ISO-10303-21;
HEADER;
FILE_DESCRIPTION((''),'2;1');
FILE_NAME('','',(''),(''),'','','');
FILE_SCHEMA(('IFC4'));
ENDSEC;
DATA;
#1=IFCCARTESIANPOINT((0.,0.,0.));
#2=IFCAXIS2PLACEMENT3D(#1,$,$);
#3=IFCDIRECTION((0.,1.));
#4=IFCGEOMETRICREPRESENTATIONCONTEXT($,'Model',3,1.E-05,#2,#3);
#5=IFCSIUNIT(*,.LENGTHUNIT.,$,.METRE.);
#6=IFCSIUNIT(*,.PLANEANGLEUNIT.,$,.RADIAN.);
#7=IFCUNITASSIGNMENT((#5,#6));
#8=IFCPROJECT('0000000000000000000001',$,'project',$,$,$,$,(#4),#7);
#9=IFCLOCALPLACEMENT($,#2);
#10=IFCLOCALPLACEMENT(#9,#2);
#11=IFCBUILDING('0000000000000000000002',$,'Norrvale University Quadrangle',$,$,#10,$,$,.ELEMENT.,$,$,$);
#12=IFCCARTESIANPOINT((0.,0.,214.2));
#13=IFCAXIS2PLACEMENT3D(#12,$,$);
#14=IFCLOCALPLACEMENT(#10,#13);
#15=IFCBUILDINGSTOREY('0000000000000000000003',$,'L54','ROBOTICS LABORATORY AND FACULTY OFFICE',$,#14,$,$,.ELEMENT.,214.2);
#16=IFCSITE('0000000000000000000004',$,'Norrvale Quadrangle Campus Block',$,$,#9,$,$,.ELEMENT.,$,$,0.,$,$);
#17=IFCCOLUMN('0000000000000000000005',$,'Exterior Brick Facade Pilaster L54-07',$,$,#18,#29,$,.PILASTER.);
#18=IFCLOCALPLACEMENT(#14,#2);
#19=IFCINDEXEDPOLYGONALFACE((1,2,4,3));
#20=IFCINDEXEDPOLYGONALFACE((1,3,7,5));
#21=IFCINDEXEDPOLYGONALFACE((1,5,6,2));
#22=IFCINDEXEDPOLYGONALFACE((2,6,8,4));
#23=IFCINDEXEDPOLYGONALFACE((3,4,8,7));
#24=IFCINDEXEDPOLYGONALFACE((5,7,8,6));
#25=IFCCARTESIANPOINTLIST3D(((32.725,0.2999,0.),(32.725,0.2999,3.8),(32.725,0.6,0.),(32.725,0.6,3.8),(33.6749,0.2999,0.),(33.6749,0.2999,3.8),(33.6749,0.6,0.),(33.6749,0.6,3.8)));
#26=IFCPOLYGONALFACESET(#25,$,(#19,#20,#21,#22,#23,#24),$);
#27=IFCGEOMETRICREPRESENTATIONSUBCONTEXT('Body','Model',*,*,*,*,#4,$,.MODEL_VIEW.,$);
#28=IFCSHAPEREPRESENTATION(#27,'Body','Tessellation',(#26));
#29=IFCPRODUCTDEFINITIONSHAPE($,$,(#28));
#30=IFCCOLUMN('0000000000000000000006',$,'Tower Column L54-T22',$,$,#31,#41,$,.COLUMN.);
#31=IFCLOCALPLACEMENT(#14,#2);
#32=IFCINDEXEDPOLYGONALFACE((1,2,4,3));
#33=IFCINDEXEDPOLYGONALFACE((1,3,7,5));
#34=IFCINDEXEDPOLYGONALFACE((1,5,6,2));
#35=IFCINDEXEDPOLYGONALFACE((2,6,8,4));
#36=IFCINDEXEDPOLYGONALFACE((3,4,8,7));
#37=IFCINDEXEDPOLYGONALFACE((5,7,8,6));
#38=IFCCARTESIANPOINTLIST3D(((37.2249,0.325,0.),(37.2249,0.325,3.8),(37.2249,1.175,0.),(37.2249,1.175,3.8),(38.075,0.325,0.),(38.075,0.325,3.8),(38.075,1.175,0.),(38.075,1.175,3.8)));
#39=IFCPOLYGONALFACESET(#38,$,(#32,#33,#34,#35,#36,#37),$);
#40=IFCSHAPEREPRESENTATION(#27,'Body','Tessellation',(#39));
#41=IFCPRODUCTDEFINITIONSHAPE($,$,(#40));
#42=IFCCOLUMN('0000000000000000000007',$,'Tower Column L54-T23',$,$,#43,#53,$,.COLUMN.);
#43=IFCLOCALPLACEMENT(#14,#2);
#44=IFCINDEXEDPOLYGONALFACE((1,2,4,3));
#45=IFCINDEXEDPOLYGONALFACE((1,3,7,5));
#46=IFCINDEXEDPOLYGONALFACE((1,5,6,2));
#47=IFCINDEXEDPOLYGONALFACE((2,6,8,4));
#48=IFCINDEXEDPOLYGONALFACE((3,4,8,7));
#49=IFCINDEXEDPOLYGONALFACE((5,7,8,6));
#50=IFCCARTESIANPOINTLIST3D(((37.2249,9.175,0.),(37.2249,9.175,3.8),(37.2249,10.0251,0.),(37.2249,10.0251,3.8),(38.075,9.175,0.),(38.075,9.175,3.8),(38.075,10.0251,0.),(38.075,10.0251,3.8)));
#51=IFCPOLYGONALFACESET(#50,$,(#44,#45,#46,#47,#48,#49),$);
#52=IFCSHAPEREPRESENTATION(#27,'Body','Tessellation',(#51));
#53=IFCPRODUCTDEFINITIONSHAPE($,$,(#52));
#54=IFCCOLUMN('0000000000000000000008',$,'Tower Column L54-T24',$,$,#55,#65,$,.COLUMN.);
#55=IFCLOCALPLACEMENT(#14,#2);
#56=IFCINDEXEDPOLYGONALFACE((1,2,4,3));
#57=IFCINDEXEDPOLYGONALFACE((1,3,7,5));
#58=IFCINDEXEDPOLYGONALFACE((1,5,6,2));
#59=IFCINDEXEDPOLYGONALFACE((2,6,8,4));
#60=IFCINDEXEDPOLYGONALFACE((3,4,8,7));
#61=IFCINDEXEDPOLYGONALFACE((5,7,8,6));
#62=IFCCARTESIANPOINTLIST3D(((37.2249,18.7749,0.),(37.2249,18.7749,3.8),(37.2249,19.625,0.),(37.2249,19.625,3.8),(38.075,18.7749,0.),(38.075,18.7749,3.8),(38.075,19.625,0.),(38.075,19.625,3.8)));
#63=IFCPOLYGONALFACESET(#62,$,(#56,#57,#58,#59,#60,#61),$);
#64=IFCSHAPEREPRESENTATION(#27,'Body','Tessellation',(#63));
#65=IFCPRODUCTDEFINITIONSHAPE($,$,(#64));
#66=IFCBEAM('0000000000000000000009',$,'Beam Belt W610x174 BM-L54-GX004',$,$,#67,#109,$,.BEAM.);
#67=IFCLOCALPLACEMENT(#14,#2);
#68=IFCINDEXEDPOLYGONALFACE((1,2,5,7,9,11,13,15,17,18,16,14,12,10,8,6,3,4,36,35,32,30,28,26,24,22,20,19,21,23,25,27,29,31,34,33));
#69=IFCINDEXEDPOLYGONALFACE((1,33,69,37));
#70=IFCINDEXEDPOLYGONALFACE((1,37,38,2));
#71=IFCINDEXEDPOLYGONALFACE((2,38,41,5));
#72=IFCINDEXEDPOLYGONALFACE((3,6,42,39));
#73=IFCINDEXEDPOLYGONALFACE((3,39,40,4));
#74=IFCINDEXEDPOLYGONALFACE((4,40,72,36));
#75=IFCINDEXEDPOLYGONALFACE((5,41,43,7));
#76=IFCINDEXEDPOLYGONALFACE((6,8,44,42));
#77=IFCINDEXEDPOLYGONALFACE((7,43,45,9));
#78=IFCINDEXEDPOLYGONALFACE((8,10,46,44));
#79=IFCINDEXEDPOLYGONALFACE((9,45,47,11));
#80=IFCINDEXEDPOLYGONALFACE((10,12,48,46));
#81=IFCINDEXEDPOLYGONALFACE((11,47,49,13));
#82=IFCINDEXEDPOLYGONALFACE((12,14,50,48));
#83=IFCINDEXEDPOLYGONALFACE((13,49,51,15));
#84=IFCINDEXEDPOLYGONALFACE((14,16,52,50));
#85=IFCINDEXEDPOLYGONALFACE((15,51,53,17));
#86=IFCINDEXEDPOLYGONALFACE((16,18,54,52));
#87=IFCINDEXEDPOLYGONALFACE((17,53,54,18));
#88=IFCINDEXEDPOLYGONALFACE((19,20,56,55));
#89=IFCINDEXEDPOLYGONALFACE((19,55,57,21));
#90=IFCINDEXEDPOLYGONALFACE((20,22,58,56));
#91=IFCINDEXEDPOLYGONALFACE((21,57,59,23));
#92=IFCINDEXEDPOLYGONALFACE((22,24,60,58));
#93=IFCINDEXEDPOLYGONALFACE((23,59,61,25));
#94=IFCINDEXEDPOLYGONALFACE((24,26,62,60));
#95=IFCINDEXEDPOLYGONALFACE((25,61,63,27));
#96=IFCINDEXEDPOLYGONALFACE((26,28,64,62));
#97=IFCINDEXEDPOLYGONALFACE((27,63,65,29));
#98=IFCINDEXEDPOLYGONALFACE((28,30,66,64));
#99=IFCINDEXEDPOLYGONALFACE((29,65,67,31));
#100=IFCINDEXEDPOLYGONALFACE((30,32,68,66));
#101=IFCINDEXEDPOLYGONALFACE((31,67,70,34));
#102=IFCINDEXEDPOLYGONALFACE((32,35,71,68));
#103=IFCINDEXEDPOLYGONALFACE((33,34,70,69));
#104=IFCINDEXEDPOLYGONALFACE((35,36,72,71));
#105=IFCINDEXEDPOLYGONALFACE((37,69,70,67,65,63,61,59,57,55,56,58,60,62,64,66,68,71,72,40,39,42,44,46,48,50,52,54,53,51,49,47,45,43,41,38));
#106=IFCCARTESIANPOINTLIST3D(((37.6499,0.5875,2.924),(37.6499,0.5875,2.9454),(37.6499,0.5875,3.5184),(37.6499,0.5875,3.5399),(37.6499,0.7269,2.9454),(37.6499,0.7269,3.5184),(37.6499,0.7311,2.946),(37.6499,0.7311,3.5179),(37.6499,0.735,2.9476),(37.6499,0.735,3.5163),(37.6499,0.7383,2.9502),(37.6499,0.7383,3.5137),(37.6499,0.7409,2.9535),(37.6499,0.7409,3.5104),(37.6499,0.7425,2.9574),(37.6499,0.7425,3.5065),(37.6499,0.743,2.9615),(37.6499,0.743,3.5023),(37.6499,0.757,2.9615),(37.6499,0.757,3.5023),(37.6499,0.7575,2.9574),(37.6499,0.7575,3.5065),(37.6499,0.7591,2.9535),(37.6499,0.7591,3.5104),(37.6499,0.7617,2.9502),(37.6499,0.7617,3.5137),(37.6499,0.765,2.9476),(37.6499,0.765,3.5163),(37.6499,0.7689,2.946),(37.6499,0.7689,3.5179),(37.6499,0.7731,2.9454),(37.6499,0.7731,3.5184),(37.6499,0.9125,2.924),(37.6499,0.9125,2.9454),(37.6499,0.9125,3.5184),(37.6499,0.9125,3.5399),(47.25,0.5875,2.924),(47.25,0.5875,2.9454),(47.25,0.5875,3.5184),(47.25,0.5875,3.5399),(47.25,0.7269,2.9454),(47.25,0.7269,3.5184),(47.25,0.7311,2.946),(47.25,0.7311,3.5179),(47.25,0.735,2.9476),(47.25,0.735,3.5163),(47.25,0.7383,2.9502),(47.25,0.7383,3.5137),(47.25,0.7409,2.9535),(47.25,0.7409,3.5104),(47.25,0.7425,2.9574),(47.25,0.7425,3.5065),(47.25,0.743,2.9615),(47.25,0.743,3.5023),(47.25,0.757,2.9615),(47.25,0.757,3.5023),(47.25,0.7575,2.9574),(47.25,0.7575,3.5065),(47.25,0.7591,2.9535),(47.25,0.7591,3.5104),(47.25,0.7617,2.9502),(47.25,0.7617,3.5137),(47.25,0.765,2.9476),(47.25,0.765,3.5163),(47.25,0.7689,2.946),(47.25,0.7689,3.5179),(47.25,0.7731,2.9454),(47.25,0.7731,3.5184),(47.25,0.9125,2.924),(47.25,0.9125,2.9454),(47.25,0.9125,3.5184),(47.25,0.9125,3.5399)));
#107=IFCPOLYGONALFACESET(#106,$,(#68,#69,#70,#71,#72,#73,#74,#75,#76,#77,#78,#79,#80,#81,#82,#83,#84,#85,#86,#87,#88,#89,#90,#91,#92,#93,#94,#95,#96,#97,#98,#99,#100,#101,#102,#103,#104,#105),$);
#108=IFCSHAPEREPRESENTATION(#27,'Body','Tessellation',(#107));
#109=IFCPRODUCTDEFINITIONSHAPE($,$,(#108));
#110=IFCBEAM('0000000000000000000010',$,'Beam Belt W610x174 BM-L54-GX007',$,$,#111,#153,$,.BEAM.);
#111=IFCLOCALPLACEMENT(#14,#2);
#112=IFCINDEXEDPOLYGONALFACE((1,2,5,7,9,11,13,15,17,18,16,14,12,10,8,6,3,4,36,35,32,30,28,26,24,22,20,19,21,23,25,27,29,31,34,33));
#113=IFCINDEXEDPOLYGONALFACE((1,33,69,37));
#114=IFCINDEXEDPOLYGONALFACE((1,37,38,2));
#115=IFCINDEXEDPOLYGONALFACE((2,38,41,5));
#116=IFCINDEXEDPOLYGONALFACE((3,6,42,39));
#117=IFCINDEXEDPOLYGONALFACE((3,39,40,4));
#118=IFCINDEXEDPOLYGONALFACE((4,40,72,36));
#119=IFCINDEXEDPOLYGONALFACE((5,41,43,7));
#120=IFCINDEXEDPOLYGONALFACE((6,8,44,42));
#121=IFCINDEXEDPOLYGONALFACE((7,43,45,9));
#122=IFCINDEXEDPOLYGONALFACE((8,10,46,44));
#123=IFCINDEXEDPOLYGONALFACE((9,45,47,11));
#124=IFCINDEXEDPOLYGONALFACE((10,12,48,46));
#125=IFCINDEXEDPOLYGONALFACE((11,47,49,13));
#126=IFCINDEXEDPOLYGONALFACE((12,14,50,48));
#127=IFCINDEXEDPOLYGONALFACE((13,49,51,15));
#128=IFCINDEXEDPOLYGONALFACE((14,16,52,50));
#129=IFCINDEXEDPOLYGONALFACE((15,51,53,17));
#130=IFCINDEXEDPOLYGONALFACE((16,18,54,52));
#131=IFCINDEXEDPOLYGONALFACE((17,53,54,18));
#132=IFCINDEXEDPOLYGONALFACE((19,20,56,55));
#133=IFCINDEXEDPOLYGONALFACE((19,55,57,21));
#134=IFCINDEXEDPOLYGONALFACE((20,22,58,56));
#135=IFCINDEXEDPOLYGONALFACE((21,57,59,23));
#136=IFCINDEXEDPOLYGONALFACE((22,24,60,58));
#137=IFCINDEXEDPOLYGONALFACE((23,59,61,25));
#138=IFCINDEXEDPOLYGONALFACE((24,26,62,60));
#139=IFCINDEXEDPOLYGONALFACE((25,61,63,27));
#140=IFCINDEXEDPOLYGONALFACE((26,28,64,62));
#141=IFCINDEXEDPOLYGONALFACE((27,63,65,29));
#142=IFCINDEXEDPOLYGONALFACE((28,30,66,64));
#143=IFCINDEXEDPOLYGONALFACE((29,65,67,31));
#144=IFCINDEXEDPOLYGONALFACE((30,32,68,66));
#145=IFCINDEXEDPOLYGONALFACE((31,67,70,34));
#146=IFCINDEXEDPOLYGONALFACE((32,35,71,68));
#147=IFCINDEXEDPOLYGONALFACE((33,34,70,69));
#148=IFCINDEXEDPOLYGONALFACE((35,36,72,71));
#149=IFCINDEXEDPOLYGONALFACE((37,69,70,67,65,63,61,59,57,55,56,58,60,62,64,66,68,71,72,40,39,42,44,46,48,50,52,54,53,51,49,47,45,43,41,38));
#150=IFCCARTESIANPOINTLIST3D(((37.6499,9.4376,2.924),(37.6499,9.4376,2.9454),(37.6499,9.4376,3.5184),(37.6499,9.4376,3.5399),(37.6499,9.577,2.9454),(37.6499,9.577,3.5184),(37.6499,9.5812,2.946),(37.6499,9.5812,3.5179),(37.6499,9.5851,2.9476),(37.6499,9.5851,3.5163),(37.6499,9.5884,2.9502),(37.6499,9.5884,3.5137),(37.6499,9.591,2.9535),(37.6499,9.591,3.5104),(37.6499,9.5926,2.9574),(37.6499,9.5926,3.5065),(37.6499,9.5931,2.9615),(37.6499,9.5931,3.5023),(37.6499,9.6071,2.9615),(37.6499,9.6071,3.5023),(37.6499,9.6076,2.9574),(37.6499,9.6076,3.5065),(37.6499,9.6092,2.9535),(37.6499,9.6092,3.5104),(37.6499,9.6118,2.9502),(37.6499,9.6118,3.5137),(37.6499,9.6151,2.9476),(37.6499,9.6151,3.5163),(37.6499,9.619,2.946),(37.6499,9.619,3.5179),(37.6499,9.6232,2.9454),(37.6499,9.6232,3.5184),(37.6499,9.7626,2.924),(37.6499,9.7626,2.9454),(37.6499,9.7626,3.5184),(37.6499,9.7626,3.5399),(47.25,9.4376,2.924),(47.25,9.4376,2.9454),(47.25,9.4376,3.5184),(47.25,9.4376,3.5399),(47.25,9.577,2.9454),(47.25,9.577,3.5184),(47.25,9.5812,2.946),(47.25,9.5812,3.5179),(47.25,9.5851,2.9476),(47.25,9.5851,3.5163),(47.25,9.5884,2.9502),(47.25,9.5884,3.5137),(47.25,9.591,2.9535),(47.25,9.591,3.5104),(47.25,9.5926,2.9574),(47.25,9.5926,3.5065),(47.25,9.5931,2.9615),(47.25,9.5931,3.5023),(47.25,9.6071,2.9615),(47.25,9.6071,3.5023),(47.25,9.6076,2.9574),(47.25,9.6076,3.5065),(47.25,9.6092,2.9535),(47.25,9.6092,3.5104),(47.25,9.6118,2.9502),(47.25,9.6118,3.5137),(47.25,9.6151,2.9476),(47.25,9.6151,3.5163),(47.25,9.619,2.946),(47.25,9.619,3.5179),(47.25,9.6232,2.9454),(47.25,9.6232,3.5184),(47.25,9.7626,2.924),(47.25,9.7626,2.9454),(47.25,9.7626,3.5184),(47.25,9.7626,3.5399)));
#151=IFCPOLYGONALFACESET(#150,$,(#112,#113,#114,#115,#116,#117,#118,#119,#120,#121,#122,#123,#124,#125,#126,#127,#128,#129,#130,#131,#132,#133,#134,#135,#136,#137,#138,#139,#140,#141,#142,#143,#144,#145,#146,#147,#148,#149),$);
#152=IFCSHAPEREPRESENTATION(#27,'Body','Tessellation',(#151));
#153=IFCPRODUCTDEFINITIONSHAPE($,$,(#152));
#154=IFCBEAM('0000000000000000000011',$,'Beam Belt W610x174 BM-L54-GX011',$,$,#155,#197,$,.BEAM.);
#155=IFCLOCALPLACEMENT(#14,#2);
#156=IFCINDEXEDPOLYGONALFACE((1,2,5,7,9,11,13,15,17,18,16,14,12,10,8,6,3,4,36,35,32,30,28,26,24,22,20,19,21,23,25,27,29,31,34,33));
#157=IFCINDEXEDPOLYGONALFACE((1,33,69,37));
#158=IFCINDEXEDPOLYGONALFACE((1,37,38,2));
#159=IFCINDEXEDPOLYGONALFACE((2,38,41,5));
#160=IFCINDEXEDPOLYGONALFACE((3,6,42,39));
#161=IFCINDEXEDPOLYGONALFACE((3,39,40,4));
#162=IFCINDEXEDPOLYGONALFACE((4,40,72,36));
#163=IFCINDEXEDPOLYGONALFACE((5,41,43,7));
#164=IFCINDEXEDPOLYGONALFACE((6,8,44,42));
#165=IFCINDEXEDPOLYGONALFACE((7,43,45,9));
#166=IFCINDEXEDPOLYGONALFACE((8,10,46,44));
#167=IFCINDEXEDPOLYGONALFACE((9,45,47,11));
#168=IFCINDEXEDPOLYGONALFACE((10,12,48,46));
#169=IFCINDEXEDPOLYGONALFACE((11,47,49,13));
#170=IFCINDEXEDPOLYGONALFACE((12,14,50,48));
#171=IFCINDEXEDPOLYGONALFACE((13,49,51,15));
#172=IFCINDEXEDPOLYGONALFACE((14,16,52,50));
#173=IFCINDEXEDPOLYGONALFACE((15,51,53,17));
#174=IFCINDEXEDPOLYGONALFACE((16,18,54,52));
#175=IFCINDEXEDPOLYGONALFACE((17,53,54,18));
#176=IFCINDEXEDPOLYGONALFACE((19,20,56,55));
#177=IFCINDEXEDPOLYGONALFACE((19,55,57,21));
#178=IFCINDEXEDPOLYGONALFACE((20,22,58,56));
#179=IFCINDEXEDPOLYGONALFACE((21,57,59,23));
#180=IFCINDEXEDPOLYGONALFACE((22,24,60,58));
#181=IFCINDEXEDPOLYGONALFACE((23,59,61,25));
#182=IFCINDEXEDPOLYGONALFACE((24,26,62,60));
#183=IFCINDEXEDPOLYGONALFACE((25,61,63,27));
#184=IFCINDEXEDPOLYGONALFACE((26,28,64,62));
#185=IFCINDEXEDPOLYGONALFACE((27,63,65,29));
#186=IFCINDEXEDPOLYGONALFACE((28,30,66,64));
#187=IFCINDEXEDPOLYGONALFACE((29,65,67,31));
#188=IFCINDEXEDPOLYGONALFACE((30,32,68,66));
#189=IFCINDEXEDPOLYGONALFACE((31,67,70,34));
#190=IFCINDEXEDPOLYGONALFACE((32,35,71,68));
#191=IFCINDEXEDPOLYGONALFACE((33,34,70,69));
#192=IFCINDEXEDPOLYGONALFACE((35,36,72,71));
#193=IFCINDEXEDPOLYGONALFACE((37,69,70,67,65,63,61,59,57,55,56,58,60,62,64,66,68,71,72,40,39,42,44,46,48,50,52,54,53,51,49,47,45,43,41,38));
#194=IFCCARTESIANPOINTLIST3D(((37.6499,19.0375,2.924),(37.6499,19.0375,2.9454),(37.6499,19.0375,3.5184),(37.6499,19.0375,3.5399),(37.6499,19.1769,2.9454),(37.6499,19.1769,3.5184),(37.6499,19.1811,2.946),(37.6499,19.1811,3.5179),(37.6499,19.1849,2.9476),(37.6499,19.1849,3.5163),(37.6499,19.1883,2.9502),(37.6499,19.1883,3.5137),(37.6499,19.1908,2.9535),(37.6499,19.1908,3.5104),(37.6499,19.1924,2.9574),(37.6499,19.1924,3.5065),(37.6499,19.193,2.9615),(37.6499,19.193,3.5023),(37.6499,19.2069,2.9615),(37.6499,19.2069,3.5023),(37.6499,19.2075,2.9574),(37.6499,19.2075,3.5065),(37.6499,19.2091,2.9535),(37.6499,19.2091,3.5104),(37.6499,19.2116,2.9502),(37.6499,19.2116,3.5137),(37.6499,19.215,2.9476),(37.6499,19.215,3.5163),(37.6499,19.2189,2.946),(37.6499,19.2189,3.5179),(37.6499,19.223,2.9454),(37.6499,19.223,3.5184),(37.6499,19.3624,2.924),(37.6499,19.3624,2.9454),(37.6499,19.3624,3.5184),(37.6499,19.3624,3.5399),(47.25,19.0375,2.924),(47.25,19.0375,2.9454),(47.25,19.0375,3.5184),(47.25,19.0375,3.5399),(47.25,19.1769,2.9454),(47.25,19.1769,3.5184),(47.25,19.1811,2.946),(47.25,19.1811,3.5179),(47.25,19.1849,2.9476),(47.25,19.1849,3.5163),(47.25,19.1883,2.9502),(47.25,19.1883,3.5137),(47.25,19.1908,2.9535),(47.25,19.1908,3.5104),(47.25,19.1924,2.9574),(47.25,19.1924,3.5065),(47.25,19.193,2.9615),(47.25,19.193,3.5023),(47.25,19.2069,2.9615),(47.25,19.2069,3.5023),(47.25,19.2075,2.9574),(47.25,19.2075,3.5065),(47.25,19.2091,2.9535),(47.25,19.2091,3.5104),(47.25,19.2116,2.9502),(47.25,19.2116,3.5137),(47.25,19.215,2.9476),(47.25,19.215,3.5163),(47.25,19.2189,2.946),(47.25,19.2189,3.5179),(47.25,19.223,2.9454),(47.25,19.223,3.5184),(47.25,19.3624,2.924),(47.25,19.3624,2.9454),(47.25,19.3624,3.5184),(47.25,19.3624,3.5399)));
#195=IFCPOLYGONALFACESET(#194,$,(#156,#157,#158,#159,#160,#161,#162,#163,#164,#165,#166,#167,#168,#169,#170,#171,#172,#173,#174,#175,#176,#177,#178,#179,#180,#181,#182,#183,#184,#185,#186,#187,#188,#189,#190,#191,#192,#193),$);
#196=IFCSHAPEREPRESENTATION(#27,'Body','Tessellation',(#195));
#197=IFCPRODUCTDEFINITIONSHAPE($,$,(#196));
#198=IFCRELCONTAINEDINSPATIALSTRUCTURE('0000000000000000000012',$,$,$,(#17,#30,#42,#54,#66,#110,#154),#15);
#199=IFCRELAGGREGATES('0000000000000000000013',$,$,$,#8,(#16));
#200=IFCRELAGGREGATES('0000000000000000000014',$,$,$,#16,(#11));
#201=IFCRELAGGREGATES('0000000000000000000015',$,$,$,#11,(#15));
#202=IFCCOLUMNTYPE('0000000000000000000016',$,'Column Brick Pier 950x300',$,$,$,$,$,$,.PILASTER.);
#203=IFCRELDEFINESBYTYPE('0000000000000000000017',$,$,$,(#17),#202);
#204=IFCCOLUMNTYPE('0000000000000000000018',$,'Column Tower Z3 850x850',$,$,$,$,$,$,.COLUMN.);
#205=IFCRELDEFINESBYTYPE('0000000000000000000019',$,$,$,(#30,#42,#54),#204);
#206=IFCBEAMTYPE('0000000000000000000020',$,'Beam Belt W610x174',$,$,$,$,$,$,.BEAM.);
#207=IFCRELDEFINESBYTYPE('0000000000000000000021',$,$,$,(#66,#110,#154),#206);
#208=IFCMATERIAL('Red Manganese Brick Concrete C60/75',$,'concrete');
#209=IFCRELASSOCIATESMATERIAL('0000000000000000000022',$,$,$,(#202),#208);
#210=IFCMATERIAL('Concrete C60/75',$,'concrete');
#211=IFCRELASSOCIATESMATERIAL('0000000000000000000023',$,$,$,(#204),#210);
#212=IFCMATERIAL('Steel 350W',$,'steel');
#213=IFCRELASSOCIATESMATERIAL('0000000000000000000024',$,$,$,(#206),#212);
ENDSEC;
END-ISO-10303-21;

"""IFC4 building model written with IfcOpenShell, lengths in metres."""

from ifc_helpers import new_model, si_unit, direction, frame, origin, origin_2d, place, context, subcontext, project, spatial, rectangle, i_section, extrude, material, material_profile, profile_set, type_object, element, save


model = new_model("IFC4")

# Units and contexts
model_context = context("Model", 3, precision=1e-05, world=origin(), true_north=direction((0.0, 1.0)))
body_context = subcontext(model_context, "Body", "Model", "MODEL_VIEW")
ifc_project = project(units=[si_unit("LENGTHUNIT", "METRE"), si_unit("PLANEANGLEUNIT", "RADIAN")], contexts=[model_context])

# Site, building, storey
site_placement = place(None, origin())
site = spatial("IfcSite", under=ifc_project, at=site_placement, Name="Norrvale Quadrangle Campus Block", CompositionType="ELEMENT", RefElevation=0.0)
building_placement = place(site_placement, origin())
building = spatial("IfcBuilding", under=site, at=building_placement, Name="Norrvale University Quadrangle", CompositionType="ELEMENT")
storey_placement = place(building_placement, frame((0.0, 0.0, 214.2)))
storey = spatial("IfcBuildingStorey", under=building, at=storey_placement, Name="L54", Description="ROBOTICS LABORATORY AND FACULTY OFFICE", CompositionType="ELEMENT", Elevation=214.2)

# Columns
ifc_material_1 = material(Name="Red Manganese Brick Concrete C60/75", Category="concrete")
ifc_material_profile_1 = material_profile(ifc_material_1, rectangle(XDim=0.95, YDim=0.3, at=origin_2d()), Name="Red Manganese Brick Concrete C60/75")
ifc_profile_set_1 = profile_set([ifc_material_profile_1], Name="Red Manganese Brick Concrete C60/75")
column_type_1 = type_object("IfcColumnType", Name="Column Brick Pier 950x300", PredefinedType="PILASTER", material=ifc_profile_set_1)
column_placement = place(storey_placement, frame((33.2, 0.45, 0.0), z_axis=(0.0, 0.0, 1.0), x_axis=(1.0, 0.0, 0.0)))
element("IfcColumn", 1, at=column_placement, inside=storey, type_object=column_type_1, Name="Exterior Brick Facade Pilaster L54-07", PredefinedType="PILASTER", context=body_context, shape_type="SweptSolid", body=[
    extrude(rectangle(XDim=0.95, YDim=0.3, at=origin_2d()), origin(), (0.0, 0.0, 1.0), 3.8),
])
ifc_material_2 = material(Name="Concrete C60/75", Category="concrete")
ifc_material_profile_2 = material_profile(ifc_material_2, rectangle(XDim=0.8501, YDim=0.8501, at=origin_2d()), Name="Concrete C60/75")
ifc_profile_set_2 = profile_set([ifc_material_profile_2], Name="Concrete C60/75")
column_type_2 = type_object("IfcColumnType", Name="Column Tower Z3 850x850", PredefinedType="COLUMN", material=ifc_profile_set_2)
for number, where, z_axis, x_axis, name in (
    (2, (37.6499, 0.75, 0.0), (0.0, 0.0, 1.0), (1.0, 0.0, 0.0), "Tower Column L54-T22"),
    (3, (37.6499, 9.6001, 0.0), (0.0, 0.0, 1.0), (1.0, 0.0, 0.0), "Tower Column L54-T23"),
    (4, (37.6499, 19.2, 0.0), (0.0, 0.0, 1.0), (1.0, 0.0, 0.0), "Tower Column L54-T24"),
):
    element("IfcColumn", number, at=place(storey_placement, frame(where, z_axis=z_axis, x_axis=x_axis)), inside=storey, type_object=column_type_2, Name=name, PredefinedType="COLUMN", context=body_context, shape_type="SweptSolid", body=[
        extrude(rectangle(XDim=0.8501, YDim=0.8501, at=origin_2d()), origin(), (0.0, 0.0, 1.0), 3.8),
    ])

# Beams
ifc_material_3 = material(Name="Steel 350W", Category="steel")
ifc_material_profile_3 = material_profile(ifc_material_3, i_section(OverallWidth=0.325, OverallDepth=0.616, WebThickness=0.0139, FlangeThickness=0.0215, FilletRadius=0.0161, at=origin_2d()), Name="Steel 350W")
ifc_profile_set_3 = profile_set([ifc_material_profile_3], Name="Steel 350W")
beam_type_1 = type_object("IfcBeamType", Name="Beam Belt W610x174", PredefinedType="BEAM", material=ifc_profile_set_3)
for number, where, z_axis, x_axis, name in (
    (5, (37.6499, 0.75, 3.2319), (1.0, 0.0, 0.0), (0.0, 1.0, 0.0), "Beam Belt W610x174 BM-L54-GX004"),
    (6, (37.6499, 9.6001, 3.2319), (1.0, 0.0, 0.0), (0.0, 1.0, 0.0), "Beam Belt W610x174 BM-L54-GX007"),
    (7, (37.6499, 19.2, 3.2319), (1.0, 0.0, 0.0), (0.0, 1.0, 0.0), "Beam Belt W610x174 BM-L54-GX011"),
):
    element("IfcBeam", number, at=place(storey_placement, frame(where, z_axis=z_axis, x_axis=x_axis)), inside=storey, type_object=beam_type_1, Name=name, PredefinedType="BEAM", context=body_context, shape_type="SweptSolid", body=[
        extrude(i_section(OverallWidth=0.325, OverallDepth=0.616, WebThickness=0.0139, FlangeThickness=0.0215, FilletRadius=0.0161, at=origin_2d()), origin(), (0.0, 0.0, 1.0), 9.6001),
    ])

save(model, "model.ifc")
